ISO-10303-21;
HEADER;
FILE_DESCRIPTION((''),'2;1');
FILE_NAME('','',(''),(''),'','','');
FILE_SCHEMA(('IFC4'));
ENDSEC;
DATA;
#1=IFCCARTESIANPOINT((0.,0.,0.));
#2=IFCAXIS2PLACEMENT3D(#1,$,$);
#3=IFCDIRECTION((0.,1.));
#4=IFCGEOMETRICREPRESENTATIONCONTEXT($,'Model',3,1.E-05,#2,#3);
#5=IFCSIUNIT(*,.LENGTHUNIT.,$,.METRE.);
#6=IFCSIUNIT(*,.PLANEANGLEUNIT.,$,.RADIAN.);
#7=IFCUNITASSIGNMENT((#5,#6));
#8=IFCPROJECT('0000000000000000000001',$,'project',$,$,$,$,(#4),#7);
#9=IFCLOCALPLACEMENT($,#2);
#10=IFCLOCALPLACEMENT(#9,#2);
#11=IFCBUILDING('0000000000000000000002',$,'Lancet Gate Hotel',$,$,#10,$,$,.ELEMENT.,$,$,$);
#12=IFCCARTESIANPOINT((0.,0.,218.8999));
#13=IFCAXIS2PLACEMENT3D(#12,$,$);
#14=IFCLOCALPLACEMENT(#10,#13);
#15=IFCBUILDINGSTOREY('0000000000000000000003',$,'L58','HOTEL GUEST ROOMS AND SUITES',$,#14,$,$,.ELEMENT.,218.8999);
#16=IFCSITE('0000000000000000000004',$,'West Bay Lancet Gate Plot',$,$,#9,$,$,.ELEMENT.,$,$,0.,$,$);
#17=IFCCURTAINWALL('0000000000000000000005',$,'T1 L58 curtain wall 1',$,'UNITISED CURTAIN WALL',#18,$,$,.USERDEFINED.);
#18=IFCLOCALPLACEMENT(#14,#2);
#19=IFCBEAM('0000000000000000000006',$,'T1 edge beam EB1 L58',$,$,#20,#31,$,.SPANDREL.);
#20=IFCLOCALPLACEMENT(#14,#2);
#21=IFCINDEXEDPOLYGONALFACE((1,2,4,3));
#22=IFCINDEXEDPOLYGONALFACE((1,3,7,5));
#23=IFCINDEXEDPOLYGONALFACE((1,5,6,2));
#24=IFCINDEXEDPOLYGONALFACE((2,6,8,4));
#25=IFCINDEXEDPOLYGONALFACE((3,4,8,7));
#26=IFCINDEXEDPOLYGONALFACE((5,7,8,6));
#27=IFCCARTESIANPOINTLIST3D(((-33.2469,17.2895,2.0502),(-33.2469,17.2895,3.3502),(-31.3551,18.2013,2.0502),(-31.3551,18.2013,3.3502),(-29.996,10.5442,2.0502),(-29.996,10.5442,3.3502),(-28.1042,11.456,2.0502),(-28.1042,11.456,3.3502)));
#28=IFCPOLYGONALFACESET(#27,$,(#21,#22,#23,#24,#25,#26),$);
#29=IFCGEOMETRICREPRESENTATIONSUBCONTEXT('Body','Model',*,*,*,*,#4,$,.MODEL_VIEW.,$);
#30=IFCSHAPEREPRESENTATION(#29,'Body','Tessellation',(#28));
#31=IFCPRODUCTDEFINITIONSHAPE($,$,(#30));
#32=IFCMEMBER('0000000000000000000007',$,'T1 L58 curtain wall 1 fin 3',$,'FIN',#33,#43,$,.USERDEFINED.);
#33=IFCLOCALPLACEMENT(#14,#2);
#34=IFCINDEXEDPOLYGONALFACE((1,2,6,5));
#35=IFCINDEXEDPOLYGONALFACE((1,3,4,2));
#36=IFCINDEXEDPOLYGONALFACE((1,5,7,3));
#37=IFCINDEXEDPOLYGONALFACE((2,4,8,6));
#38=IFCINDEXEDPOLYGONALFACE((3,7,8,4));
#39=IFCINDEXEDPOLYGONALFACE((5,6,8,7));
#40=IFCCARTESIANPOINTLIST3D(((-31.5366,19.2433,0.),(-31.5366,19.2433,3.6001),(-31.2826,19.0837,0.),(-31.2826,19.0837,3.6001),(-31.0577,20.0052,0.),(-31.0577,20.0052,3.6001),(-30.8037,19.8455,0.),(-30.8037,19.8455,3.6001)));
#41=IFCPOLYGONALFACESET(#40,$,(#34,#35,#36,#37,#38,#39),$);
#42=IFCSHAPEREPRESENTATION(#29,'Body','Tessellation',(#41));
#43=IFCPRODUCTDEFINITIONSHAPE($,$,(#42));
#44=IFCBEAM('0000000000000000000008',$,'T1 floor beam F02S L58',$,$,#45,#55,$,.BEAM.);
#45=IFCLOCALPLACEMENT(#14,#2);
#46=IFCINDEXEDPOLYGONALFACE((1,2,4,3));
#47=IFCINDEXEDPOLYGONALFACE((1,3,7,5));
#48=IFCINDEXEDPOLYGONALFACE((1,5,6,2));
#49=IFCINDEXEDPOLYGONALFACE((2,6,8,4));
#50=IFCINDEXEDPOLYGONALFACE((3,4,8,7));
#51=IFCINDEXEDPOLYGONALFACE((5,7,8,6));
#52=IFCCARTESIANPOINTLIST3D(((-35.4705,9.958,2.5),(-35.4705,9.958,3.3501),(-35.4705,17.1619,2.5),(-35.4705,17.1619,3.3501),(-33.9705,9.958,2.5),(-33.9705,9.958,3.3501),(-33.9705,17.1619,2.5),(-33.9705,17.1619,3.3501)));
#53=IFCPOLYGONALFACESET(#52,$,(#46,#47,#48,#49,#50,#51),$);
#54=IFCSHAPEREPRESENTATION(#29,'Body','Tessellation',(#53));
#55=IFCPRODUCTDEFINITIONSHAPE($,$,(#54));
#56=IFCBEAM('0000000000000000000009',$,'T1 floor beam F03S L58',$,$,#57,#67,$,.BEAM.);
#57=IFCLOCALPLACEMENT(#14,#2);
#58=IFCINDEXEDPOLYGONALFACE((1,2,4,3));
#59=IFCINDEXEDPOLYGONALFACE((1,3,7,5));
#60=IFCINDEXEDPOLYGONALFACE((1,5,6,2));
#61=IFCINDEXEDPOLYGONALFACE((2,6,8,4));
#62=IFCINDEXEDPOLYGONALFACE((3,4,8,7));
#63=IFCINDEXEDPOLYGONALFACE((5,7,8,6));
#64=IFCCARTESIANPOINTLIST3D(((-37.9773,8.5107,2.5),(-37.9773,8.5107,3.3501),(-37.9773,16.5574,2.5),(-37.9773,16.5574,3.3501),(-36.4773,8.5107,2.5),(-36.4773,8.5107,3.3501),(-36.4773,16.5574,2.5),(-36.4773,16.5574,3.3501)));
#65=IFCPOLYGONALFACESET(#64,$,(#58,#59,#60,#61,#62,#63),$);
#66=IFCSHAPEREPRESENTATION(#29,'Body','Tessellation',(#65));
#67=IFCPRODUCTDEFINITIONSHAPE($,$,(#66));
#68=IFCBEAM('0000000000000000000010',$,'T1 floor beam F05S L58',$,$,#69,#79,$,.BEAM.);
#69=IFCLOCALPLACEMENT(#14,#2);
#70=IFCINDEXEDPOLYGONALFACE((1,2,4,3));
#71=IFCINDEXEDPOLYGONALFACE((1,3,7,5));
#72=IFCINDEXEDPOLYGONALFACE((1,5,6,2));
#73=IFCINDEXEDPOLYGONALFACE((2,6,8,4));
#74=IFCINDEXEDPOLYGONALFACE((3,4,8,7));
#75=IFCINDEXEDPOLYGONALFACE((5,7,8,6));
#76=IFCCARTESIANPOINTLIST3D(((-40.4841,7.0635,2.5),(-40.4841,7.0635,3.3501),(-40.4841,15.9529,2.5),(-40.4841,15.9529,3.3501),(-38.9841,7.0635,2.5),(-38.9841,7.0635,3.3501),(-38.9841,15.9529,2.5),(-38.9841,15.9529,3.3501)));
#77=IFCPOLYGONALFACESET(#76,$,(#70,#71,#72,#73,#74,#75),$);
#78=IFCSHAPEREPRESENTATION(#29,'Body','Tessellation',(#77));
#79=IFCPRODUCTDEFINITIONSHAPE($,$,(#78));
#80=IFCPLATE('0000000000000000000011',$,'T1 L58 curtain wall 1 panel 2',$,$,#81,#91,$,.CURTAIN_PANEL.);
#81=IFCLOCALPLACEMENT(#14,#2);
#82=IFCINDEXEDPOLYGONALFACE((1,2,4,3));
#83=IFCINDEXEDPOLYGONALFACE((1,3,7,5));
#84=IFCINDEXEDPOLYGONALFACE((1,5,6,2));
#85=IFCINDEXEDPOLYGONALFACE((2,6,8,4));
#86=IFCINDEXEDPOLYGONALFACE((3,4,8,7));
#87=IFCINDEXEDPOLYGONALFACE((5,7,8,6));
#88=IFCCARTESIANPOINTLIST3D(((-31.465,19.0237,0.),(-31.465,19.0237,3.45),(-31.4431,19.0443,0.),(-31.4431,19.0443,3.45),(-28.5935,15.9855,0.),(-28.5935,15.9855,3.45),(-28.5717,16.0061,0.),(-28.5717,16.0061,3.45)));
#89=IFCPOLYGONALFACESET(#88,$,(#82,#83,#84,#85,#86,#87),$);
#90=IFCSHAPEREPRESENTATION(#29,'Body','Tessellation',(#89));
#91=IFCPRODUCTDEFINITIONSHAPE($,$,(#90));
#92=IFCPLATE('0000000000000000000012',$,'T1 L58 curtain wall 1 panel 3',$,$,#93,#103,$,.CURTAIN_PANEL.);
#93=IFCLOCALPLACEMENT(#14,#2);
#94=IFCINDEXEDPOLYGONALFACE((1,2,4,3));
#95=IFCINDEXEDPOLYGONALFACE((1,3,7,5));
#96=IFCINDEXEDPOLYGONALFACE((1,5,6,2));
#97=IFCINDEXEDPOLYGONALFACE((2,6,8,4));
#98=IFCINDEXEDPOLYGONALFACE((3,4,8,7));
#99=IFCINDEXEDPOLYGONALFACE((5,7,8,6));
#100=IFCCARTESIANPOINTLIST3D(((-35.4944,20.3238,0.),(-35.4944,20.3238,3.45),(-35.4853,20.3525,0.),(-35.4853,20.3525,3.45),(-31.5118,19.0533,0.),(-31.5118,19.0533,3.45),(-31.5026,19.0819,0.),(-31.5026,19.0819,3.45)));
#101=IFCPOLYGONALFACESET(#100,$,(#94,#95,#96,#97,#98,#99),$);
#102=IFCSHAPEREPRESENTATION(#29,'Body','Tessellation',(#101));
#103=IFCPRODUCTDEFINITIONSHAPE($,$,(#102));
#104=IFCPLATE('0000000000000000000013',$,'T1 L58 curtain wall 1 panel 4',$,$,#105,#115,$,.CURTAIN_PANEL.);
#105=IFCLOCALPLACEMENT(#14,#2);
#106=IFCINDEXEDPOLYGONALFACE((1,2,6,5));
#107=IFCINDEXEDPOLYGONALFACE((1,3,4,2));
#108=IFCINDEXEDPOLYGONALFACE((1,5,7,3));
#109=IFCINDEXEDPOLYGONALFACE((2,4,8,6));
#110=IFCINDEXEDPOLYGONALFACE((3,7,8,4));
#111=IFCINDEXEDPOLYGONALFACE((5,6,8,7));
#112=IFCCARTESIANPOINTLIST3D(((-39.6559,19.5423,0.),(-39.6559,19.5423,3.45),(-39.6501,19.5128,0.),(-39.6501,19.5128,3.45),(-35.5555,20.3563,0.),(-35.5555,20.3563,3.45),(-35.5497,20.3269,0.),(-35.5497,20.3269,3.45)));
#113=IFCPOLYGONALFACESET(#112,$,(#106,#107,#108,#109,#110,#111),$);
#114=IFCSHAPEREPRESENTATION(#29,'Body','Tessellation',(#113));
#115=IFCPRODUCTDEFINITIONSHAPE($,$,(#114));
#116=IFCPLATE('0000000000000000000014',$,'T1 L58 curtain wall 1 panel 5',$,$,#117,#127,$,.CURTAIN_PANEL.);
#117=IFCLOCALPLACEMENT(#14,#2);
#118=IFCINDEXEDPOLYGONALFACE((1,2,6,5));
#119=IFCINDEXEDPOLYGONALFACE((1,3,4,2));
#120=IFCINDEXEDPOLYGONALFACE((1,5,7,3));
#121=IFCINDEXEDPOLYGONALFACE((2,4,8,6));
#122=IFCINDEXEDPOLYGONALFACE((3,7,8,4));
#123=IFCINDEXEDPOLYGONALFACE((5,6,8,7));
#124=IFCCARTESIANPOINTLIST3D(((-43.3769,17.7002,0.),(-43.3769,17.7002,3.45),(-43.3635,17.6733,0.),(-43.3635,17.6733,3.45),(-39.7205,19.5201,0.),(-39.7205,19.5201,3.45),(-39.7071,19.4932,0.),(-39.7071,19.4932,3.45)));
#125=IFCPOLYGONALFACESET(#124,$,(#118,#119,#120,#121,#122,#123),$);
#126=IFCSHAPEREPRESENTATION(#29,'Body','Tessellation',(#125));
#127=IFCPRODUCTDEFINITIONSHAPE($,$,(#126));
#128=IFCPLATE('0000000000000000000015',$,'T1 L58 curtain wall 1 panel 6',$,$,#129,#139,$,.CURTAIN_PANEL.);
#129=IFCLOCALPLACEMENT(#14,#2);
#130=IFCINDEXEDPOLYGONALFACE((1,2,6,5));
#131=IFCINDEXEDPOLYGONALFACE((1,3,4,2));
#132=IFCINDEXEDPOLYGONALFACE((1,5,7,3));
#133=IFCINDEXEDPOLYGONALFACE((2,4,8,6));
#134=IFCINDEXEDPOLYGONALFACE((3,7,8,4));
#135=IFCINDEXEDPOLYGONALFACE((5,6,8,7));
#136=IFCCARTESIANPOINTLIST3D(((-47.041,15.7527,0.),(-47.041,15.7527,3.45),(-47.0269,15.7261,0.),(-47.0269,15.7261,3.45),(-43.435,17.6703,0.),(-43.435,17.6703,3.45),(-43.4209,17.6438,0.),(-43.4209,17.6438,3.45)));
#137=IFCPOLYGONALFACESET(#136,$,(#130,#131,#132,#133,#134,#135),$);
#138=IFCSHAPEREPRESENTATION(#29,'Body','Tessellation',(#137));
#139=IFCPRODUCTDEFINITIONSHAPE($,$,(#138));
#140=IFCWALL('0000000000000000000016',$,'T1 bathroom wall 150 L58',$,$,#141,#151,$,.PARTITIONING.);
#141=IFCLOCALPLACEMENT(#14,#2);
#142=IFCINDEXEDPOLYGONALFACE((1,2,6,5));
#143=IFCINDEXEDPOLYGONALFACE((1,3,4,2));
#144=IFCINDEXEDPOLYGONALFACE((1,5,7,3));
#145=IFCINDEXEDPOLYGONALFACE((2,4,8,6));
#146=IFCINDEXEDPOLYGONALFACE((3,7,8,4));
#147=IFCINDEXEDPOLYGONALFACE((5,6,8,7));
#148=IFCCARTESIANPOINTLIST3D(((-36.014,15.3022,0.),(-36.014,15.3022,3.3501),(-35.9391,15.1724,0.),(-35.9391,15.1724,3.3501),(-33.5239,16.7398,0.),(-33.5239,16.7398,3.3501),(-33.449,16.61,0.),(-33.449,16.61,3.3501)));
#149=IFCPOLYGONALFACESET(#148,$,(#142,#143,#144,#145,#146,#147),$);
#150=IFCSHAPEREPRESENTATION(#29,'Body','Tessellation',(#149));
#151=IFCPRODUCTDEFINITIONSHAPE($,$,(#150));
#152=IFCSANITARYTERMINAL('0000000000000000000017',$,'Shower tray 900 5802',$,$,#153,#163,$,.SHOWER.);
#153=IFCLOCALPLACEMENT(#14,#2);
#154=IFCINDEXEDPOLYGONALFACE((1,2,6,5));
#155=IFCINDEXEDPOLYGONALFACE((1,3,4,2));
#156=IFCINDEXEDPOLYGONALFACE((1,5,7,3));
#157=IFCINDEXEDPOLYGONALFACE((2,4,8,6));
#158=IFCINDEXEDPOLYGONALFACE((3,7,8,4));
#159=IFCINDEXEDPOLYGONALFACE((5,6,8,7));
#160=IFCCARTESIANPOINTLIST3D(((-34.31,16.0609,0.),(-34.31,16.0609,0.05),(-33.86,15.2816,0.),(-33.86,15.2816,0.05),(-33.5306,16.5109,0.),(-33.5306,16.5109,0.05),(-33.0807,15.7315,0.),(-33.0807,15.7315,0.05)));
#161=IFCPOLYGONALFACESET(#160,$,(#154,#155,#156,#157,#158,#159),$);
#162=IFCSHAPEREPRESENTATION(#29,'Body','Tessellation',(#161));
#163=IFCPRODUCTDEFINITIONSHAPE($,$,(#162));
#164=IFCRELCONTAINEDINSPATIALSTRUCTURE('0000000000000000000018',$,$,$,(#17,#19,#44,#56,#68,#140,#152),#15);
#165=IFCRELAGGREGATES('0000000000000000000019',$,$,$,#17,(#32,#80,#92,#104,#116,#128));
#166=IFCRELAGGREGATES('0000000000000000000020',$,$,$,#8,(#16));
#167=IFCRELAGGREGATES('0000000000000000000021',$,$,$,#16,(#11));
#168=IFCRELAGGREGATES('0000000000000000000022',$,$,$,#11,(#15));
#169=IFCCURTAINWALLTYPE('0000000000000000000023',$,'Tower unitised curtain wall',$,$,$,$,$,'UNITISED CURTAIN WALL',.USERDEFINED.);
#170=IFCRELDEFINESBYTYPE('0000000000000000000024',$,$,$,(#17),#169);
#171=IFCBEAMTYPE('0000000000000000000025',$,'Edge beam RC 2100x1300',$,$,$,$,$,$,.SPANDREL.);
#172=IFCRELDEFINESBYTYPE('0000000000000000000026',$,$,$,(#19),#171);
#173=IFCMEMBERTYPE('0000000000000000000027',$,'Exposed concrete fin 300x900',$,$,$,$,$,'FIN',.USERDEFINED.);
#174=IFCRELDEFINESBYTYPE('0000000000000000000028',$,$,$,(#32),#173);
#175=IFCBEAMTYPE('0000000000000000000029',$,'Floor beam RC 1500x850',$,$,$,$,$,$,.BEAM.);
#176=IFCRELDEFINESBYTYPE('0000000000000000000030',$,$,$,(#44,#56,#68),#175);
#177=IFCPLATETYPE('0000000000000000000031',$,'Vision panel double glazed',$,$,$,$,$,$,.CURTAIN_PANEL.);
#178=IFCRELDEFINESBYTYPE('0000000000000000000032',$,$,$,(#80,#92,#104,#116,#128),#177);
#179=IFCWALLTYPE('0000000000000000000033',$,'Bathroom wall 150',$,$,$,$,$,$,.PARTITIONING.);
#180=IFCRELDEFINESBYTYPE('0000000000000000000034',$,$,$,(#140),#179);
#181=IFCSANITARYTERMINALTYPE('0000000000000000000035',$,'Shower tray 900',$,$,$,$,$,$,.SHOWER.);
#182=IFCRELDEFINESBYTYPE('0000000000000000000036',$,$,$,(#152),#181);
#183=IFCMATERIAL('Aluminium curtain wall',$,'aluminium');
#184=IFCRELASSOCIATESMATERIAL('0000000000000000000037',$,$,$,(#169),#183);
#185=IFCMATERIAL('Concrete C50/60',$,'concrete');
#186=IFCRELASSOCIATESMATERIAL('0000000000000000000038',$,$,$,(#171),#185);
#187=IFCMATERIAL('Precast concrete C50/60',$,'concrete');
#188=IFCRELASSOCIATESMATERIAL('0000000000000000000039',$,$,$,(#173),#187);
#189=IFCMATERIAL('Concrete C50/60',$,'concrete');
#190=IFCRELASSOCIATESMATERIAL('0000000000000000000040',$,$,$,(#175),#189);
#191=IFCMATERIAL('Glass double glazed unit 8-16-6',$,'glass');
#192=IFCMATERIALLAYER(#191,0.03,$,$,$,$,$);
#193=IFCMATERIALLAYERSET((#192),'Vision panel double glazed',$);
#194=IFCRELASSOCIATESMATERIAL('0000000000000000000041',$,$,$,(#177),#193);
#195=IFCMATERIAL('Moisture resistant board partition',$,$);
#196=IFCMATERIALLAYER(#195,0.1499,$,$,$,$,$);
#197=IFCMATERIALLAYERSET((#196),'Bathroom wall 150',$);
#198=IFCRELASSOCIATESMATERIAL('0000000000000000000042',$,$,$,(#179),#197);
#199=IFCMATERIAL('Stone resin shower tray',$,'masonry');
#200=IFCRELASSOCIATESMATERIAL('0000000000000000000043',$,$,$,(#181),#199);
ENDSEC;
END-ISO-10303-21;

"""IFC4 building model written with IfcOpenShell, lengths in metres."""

from ifc_helpers import new_model, si_unit, direction, frame, frame_2d, origin, origin_2d, place, context, subcontext, project, spatial, rectangle, extrude, material, layer, layer_set, material_profile, profile_set, type_object, element, aggregate, save


model = new_model("IFC4")

# Units and contexts
model_context = context("Model", 3, precision=1e-05, world=origin(), true_north=direction((0.0, 1.0)))
body_context = subcontext(model_context, "Body", "Model", "MODEL_VIEW")
ifc_project = project(units=[si_unit("LENGTHUNIT", "METRE"), si_unit("PLANEANGLEUNIT", "RADIAN")], contexts=[model_context])

# Site, building, storey
site_placement = place(None, origin())
site = spatial("IfcSite", under=ifc_project, at=site_placement, Name="West Bay Lancet Gate Plot", CompositionType="ELEMENT", RefElevation=0.0)
building_placement = place(site_placement, origin())
building = spatial("IfcBuilding", under=site, at=building_placement, Name="Lancet Gate Hotel", CompositionType="ELEMENT")
storey_placement = place(building_placement, frame((0.0, 0.0, 218.8999)))
storey = spatial("IfcBuildingStorey", under=building, at=storey_placement, Name="L58", Description="HOTEL GUEST ROOMS AND SUITES", CompositionType="ELEMENT", Elevation=218.8999)

# Curtain wall
ifc_material_1 = material(Name="Aluminium curtain wall", Category="aluminium")
curtain_wall_type = type_object("IfcCurtainWallType", Name="Tower unitised curtain wall", ElementType="UNITISED CURTAIN WALL", PredefinedType="USERDEFINED", material=ifc_material_1)
curtain_wall_placement = place(storey_placement, origin())
curtain_wall = element("IfcCurtainWall", 1, at=curtain_wall_placement, inside=storey, type_object=curtain_wall_type, Name="T1 L58 curtain wall 1", ObjectType="UNITISED CURTAIN WALL", PredefinedType="USERDEFINED")

# Beam
ifc_material_2 = material(Name="Concrete C50/60", Category="concrete")
ifc_material_profile_1 = material_profile(ifc_material_2, rectangle(XDim=2.1001, YDim=1.3, at=origin_2d()), Name="RC 2100x1300")
ifc_profile_set_1 = profile_set([ifc_material_profile_1], Name="Concrete C50/60")
beam_type_1 = type_object("IfcBeamType", Name="Edge beam RC 2100x1300", PredefinedType="SPANDREL", material=ifc_profile_set_1)
beam_1_placement = place(storey_placement, frame((-32.301, 17.7454, 2.7002), z_axis=(0.434164, -0.900834, 0.0), x_axis=(0.900834, 0.434164, 0.0)))
element("IfcBeam", 2, at=beam_1_placement, inside=storey, type_object=beam_type_1, Name="T1 edge beam EB1 L58", PredefinedType="SPANDREL", context=body_context, shape_type="SweptSolid", body=[
    extrude(rectangle(XDim=2.1001, YDim=1.3, at=origin_2d()), origin(), (0.0, 0.0, 1.0), 7.4878),
])

# Member
ifc_material_3 = material(Name="Precast concrete C50/60", Category="concrete")
ifc_material_profile_2 = material_profile(ifc_material_3, rectangle(XDim=0.3, YDim=0.8999, at=origin_2d()), Name="FIN 300x900")
ifc_profile_set_2 = profile_set([ifc_material_profile_2], Name="Precast concrete C50/60")
member_type_1 = type_object("IfcMemberType", Name="Exposed concrete fin 300x900", ElementType="FIN", PredefinedType="USERDEFINED", material=ifc_profile_set_2)
member_1_placement = place(storey_placement, frame((-31.1702, 19.5444, 0.0), z_axis=(0.0, 0.0, 1.0), x_axis=(-0.846613, 0.532209, 0.0)))
member_1 = element("IfcMember", 3, at=member_1_placement, type_object=member_type_1, Name="T1 L58 curtain wall 1 fin 3", ObjectType="FIN", PredefinedType="USERDEFINED", context=body_context, shape_type="SweptSolid", body=[
    extrude(rectangle(XDim=0.3, YDim=0.8999, at=origin_2d()), origin(), (0.0, 0.0, 1.0), 3.6001),
])

# Beams
ifc_material_4 = material(Name="Concrete C50/60", Category="concrete")
ifc_material_profile_3 = material_profile(ifc_material_4, rectangle(XDim=1.5, YDim=0.8501, at=origin_2d()), Name="RC 1500x850")
ifc_profile_set_3 = profile_set([ifc_material_profile_3], Name="Concrete C50/60")
beam_type_2 = type_object("IfcBeamType", Name="Floor beam RC 1500x850", PredefinedType="BEAM", material=ifc_profile_set_3)
beam_2_placement = place(storey_placement, frame((-34.7205, 17.1619, 2.925), z_axis=(0.0, -1.0, 0.0), x_axis=(1.0, 0.0, 0.0)))
element("IfcBeam", 4, at=beam_2_placement, inside=storey, type_object=beam_type_2, Name="T1 floor beam F02S L58", PredefinedType="BEAM", context=body_context, shape_type="SweptSolid", body=[
    extrude(rectangle(XDim=1.5, YDim=0.8501, at=origin_2d()), origin(), (0.0, 0.0, 1.0), 7.2039),
])
beam_3_placement = place(storey_placement, frame((-37.2273, 16.5574, 2.925), z_axis=(0.0, -1.0, 0.0), x_axis=(1.0, 0.0, 0.0)))
element("IfcBeam", 5, at=beam_3_placement, inside=storey, type_object=beam_type_2, Name="T1 floor beam F03S L58", PredefinedType="BEAM", context=body_context, shape_type="SweptSolid", body=[
    extrude(rectangle(XDim=1.5, YDim=0.8501, at=origin_2d()), origin(), (0.0, 0.0, 1.0), 8.0466),
])
beam_4_placement = place(storey_placement, frame((-39.7341, 15.9529, 2.925), z_axis=(0.0, -1.0, 0.0), x_axis=(1.0, 0.0, 0.0)))
element("IfcBeam", 6, at=beam_4_placement, inside=storey, type_object=beam_type_2, Name="T1 floor beam F05S L58", PredefinedType="BEAM", context=body_context, shape_type="SweptSolid", body=[
    extrude(rectangle(XDim=1.5, YDim=0.8501, at=origin_2d()), origin(), (0.0, 0.0, 1.0), 8.8894),
])

# Plates
ifc_material_5 = material(Name="Glass double glazed unit 8-16-6", Category="glass")
ifc_layer_1 = layer(ifc_material_5, 0.03)
ifc_layer_set_1 = layer_set([ifc_layer_1], Name="Vision panel double glazed")
plate_type = type_object("IfcPlateType", Name="Vision panel double glazed", PredefinedType="CURTAIN_PANEL", material=ifc_layer_set_1)
plate_1_placement = place(storey_placement, frame((-30.0183, 17.5149, 0.0), z_axis=(0.0, 0.0, 1.0), x_axis=(-0.686883, 0.726768, 0.0)))
plate_1 = element("IfcPlate", 7, at=plate_1_placement, type_object=plate_type, Name="T1 L58 curtain wall 1 panel 2", PredefinedType="CURTAIN_PANEL", context=body_context, shape_type="SweptSolid", body=[
    extrude(rectangle(XDim=4.1804, YDim=0.03, at=origin_2d()), origin(), (0.0, 0.0, 1.0), 3.45),
])
plate_2_placement = place(storey_placement, frame((-33.4985, 19.7029, 0.0), z_axis=(0.0, 0.0, 1.0), x_axis=(-0.952696, 0.303926, 0.0)))
plate_2 = element("IfcPlate", 8, at=plate_2_placement, type_object=plate_type, Name="T1 L58 curtain wall 1 panel 3", PredefinedType="CURTAIN_PANEL", context=body_context, shape_type="SweptSolid", body=[
    extrude(rectangle(XDim=4.1804, YDim=0.03, at=origin_2d()), origin(), (0.0, 0.0, 1.0), 3.45),
])
plate_3_placement = place(storey_placement, frame((-37.6028, 19.9346, 0.0), z_axis=(0.0, 0.0, 1.0), x_axis=(-0.980857, -0.194731, 0.0)))
plate_3 = element("IfcPlate", 9, at=plate_3_placement, type_object=plate_type, Name="T1 L58 curtain wall 1 panel 4", PredefinedType="CURTAIN_PANEL", context=body_context, shape_type="SweptSolid", body=[
    extrude(rectangle(XDim=4.1804, YDim=0.03, at=origin_2d()), origin(), (0.0, 0.0, 1.0), 3.45),
])
plate_4_placement = place(storey_placement, frame((-41.542, 18.5967, 0.0), z_axis=(0.0, 0.0, 1.0), x_axis=(-0.895234, -0.445596, 0.0)))
plate_4 = element("IfcPlate", 10, at=plate_4_placement, type_object=plate_type, Name="T1 L58 curtain wall 1 panel 5", PredefinedType="CURTAIN_PANEL", context=body_context, shape_type="SweptSolid", body=[
    extrude(rectangle(XDim=4.0842, YDim=0.03, at=origin_2d()), origin(), (0.0, 0.0, 1.0), 3.45),
])
plate_5_placement = place(storey_placement, frame((-45.231, 16.6982, 0.0), z_axis=(0.0, 0.0, 1.0), x_axis=(-0.882916, -0.469531, 0.0)))
plate_5 = element("IfcPlate", 11, at=plate_5_placement, type_object=plate_type, Name="T1 L58 curtain wall 1 panel 6", PredefinedType="CURTAIN_PANEL", context=body_context, shape_type="SweptSolid", body=[
    extrude(rectangle(XDim=4.0842, YDim=0.03, at=origin_2d()), origin(), (0.0, 0.0, 1.0), 3.45),
])
aggregate(curtain_wall, [member_1, plate_1, plate_2, plate_3, plate_4, plate_5])

# Wall
ifc_material_6 = material(Name="Moisture resistant board partition")
ifc_layer_2 = layer(ifc_material_6, 0.1499)
ifc_layer_set_2 = layer_set([ifc_layer_2], Name="Bathroom wall 150")
wall_type = type_object("IfcWallType", Name="Bathroom wall 150", PredefinedType="PARTITIONING", material=ifc_layer_set_2)
wall_placement = place(storey_placement, frame((-33.4866, 16.6748, 0.0), z_axis=(0.0, 0.0, 1.0), x_axis=(-0.86604, -0.499975, 0.0)))
element("IfcWall", 12, at=wall_placement, inside=storey, type_object=wall_type, Name="T1 bathroom wall 150 L58", PredefinedType="PARTITIONING", context=body_context, shape_type="SweptSolid", body=[
    extrude(rectangle(XDim=2.8752, YDim=0.1499, at=frame_2d((1.4375, 0.0))), origin(), (0.0, 0.0, 1.0), 3.3501),
])

# Sanitary terminal
ifc_material_7 = material(Name="Stone resin shower tray", Category="masonry")
sanitary_terminal_type = type_object("IfcSanitaryTerminalType", Name="Shower tray 900", PredefinedType="SHOWER", material=ifc_material_7)
sanitary_terminal_placement = place(storey_placement, frame((-33.6953, 15.8962, 0.0), z_axis=(0.0, 0.0, 1.0), x_axis=(0.866025, 0.5, 0.0)))
element("IfcSanitaryTerminal", 13, at=sanitary_terminal_placement, inside=storey, type_object=sanitary_terminal_type, Name="Shower tray 900 5802", PredefinedType="SHOWER", context=body_context, shape_type="SweptSolid", body=[
    extrude(rectangle(XDim=0.8999, YDim=0.8999, at=origin_2d()), origin(), (0.0, 0.0, 1.0), 0.05),
])

save(model, "model.ifc")
